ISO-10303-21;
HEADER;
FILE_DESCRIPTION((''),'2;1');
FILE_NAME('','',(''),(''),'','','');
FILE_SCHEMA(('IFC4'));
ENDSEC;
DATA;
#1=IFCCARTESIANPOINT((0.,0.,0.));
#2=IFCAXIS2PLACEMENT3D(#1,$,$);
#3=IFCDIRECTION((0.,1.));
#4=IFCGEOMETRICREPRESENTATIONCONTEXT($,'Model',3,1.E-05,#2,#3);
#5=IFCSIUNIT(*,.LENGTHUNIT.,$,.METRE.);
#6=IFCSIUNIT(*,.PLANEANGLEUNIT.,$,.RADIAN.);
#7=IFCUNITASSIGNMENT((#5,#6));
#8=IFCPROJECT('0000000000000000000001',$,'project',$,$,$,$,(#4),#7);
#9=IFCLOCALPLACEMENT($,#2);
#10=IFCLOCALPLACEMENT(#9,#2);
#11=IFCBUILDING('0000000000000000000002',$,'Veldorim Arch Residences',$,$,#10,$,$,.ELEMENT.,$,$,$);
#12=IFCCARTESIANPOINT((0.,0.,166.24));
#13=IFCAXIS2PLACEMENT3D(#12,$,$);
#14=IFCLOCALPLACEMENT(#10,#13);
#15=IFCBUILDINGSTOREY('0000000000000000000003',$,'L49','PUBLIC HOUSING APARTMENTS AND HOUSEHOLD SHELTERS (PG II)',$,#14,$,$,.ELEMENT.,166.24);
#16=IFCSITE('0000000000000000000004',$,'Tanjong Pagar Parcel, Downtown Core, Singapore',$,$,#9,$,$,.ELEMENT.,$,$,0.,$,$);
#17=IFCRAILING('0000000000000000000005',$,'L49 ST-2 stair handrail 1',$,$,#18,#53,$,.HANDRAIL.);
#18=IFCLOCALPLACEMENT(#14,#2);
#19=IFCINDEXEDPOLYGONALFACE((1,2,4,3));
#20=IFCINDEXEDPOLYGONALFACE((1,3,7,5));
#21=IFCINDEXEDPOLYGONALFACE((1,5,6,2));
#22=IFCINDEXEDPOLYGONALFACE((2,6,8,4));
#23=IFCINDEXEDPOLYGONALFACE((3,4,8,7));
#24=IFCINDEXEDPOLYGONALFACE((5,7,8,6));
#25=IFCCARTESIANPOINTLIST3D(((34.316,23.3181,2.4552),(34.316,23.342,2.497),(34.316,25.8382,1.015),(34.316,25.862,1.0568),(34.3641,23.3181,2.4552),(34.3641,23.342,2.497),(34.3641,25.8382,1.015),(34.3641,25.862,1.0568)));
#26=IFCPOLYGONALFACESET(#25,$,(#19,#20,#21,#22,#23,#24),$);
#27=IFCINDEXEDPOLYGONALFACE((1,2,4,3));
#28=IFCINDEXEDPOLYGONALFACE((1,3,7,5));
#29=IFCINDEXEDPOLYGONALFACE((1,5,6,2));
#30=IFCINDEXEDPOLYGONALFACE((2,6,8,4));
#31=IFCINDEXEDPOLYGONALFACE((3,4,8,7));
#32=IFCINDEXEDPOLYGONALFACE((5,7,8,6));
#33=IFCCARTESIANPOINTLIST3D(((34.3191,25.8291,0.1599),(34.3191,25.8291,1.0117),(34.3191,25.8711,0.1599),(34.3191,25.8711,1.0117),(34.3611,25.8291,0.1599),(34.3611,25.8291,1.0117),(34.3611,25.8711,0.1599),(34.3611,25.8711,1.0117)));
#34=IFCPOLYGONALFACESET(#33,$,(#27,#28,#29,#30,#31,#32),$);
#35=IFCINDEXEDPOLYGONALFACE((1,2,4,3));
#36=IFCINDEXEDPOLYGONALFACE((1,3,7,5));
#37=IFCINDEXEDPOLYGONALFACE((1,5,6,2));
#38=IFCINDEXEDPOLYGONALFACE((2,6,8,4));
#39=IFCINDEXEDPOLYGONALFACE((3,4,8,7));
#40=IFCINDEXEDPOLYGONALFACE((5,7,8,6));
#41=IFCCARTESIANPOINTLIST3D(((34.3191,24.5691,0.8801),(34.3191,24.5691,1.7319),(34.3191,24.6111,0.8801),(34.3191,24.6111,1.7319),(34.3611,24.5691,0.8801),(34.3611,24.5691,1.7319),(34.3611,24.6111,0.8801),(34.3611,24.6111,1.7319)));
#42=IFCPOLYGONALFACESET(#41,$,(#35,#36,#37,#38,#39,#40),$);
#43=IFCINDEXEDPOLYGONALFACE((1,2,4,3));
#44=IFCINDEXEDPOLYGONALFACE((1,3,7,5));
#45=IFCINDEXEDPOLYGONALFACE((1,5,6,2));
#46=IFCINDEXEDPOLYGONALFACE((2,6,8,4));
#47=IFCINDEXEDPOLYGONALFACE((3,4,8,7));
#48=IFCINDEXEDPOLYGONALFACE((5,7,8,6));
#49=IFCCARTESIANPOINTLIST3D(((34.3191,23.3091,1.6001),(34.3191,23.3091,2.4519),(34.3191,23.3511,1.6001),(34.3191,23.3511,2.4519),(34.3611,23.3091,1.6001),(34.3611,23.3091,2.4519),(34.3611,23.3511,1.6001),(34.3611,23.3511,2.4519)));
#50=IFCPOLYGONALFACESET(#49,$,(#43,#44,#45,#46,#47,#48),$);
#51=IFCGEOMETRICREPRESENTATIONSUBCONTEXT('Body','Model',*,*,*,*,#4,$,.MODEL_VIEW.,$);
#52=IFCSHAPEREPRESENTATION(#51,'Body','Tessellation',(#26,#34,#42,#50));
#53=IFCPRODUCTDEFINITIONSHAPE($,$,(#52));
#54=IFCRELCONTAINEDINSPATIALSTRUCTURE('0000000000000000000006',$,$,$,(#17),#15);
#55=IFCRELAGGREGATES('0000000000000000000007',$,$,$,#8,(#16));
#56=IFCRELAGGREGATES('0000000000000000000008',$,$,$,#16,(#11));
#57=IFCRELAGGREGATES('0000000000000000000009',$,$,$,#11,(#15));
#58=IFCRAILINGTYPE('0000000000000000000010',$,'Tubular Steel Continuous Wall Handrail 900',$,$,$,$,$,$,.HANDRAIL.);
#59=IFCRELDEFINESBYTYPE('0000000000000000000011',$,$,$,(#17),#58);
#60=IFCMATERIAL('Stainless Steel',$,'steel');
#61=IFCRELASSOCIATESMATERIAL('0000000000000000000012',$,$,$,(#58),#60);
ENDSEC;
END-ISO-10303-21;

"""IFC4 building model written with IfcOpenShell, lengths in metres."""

from ifc_helpers import new_model, si_unit, direction, frame, origin, origin_2d, place, context, subcontext, project, spatial, rectangle, extrude, material, type_object, element, save


model = new_model("IFC4")

# Units and contexts
model_context = context("Model", 3, precision=1e-05, world=origin(), true_north=direction((0.0, 1.0)))
body_context = subcontext(model_context, "Body", "Model", "MODEL_VIEW")
ifc_project = project(units=[si_unit("LENGTHUNIT", "METRE"), si_unit("PLANEANGLEUNIT", "RADIAN")], contexts=[model_context])

# Site, building, storey
site_placement = place(None, origin())
site = spatial("IfcSite", under=ifc_project, at=site_placement, Name="Tanjong Pagar Parcel, Downtown Core, Singapore", CompositionType="ELEMENT", RefElevation=0.0)
building_placement = place(site_placement, origin())
building = spatial("IfcBuilding", under=site, at=building_placement, Name="Veldorim Arch Residences", CompositionType="ELEMENT")
storey_placement = place(building_placement, frame((0.0, 0.0, 166.24)))
storey = spatial("IfcBuildingStorey", under=building, at=storey_placement, Name="L49", Description="PUBLIC HOUSING APARTMENTS AND HOUSEHOLD SHELTERS (PG II)", CompositionType="ELEMENT", Elevation=166.24)

# Railing
ifc_material_1 = material(Name="Stainless Steel", Category="steel")
railing_type_1 = type_object("IfcRailingType", Name="Tubular Steel Continuous Wall Handrail 900", PredefinedType="HANDRAIL", material=ifc_material_1)
railing_1_placement = place(storey_placement, frame((34.3401, 25.8501, 0.1599)))
element("IfcRailing", 1, at=railing_1_placement, inside=storey, type_object=railing_type_1, Name="L49 ST-2 stair handrail 1", PredefinedType="HANDRAIL", context=body_context, shape_type="SweptSolid", body=[
    extrude(rectangle(XDim=0.0481, YDim=0.0481, at=origin_2d()), frame((0.0, 0.0, 0.876), z_axis=(0.0, -0.868217, 0.496184), x_axis=(1.0, 0.0, 0.0)), (0.0, 0.0, 1.0), 2.9026),
    extrude(rectangle(XDim=0.042, YDim=0.042, at=origin_2d()), origin(), (0.0, 0.0, 1.0), 0.8518),
    extrude(rectangle(XDim=0.042, YDim=0.042, at=origin_2d()), frame((0.0, -1.26, 0.7202)), (0.0, 0.0, 1.0), 0.8518),
    extrude(rectangle(XDim=0.042, YDim=0.042, at=origin_2d()), frame((0.0, -2.52, 1.4402)), (0.0, 0.0, 1.0), 0.8518),
])

save(model, "model.ifc")
